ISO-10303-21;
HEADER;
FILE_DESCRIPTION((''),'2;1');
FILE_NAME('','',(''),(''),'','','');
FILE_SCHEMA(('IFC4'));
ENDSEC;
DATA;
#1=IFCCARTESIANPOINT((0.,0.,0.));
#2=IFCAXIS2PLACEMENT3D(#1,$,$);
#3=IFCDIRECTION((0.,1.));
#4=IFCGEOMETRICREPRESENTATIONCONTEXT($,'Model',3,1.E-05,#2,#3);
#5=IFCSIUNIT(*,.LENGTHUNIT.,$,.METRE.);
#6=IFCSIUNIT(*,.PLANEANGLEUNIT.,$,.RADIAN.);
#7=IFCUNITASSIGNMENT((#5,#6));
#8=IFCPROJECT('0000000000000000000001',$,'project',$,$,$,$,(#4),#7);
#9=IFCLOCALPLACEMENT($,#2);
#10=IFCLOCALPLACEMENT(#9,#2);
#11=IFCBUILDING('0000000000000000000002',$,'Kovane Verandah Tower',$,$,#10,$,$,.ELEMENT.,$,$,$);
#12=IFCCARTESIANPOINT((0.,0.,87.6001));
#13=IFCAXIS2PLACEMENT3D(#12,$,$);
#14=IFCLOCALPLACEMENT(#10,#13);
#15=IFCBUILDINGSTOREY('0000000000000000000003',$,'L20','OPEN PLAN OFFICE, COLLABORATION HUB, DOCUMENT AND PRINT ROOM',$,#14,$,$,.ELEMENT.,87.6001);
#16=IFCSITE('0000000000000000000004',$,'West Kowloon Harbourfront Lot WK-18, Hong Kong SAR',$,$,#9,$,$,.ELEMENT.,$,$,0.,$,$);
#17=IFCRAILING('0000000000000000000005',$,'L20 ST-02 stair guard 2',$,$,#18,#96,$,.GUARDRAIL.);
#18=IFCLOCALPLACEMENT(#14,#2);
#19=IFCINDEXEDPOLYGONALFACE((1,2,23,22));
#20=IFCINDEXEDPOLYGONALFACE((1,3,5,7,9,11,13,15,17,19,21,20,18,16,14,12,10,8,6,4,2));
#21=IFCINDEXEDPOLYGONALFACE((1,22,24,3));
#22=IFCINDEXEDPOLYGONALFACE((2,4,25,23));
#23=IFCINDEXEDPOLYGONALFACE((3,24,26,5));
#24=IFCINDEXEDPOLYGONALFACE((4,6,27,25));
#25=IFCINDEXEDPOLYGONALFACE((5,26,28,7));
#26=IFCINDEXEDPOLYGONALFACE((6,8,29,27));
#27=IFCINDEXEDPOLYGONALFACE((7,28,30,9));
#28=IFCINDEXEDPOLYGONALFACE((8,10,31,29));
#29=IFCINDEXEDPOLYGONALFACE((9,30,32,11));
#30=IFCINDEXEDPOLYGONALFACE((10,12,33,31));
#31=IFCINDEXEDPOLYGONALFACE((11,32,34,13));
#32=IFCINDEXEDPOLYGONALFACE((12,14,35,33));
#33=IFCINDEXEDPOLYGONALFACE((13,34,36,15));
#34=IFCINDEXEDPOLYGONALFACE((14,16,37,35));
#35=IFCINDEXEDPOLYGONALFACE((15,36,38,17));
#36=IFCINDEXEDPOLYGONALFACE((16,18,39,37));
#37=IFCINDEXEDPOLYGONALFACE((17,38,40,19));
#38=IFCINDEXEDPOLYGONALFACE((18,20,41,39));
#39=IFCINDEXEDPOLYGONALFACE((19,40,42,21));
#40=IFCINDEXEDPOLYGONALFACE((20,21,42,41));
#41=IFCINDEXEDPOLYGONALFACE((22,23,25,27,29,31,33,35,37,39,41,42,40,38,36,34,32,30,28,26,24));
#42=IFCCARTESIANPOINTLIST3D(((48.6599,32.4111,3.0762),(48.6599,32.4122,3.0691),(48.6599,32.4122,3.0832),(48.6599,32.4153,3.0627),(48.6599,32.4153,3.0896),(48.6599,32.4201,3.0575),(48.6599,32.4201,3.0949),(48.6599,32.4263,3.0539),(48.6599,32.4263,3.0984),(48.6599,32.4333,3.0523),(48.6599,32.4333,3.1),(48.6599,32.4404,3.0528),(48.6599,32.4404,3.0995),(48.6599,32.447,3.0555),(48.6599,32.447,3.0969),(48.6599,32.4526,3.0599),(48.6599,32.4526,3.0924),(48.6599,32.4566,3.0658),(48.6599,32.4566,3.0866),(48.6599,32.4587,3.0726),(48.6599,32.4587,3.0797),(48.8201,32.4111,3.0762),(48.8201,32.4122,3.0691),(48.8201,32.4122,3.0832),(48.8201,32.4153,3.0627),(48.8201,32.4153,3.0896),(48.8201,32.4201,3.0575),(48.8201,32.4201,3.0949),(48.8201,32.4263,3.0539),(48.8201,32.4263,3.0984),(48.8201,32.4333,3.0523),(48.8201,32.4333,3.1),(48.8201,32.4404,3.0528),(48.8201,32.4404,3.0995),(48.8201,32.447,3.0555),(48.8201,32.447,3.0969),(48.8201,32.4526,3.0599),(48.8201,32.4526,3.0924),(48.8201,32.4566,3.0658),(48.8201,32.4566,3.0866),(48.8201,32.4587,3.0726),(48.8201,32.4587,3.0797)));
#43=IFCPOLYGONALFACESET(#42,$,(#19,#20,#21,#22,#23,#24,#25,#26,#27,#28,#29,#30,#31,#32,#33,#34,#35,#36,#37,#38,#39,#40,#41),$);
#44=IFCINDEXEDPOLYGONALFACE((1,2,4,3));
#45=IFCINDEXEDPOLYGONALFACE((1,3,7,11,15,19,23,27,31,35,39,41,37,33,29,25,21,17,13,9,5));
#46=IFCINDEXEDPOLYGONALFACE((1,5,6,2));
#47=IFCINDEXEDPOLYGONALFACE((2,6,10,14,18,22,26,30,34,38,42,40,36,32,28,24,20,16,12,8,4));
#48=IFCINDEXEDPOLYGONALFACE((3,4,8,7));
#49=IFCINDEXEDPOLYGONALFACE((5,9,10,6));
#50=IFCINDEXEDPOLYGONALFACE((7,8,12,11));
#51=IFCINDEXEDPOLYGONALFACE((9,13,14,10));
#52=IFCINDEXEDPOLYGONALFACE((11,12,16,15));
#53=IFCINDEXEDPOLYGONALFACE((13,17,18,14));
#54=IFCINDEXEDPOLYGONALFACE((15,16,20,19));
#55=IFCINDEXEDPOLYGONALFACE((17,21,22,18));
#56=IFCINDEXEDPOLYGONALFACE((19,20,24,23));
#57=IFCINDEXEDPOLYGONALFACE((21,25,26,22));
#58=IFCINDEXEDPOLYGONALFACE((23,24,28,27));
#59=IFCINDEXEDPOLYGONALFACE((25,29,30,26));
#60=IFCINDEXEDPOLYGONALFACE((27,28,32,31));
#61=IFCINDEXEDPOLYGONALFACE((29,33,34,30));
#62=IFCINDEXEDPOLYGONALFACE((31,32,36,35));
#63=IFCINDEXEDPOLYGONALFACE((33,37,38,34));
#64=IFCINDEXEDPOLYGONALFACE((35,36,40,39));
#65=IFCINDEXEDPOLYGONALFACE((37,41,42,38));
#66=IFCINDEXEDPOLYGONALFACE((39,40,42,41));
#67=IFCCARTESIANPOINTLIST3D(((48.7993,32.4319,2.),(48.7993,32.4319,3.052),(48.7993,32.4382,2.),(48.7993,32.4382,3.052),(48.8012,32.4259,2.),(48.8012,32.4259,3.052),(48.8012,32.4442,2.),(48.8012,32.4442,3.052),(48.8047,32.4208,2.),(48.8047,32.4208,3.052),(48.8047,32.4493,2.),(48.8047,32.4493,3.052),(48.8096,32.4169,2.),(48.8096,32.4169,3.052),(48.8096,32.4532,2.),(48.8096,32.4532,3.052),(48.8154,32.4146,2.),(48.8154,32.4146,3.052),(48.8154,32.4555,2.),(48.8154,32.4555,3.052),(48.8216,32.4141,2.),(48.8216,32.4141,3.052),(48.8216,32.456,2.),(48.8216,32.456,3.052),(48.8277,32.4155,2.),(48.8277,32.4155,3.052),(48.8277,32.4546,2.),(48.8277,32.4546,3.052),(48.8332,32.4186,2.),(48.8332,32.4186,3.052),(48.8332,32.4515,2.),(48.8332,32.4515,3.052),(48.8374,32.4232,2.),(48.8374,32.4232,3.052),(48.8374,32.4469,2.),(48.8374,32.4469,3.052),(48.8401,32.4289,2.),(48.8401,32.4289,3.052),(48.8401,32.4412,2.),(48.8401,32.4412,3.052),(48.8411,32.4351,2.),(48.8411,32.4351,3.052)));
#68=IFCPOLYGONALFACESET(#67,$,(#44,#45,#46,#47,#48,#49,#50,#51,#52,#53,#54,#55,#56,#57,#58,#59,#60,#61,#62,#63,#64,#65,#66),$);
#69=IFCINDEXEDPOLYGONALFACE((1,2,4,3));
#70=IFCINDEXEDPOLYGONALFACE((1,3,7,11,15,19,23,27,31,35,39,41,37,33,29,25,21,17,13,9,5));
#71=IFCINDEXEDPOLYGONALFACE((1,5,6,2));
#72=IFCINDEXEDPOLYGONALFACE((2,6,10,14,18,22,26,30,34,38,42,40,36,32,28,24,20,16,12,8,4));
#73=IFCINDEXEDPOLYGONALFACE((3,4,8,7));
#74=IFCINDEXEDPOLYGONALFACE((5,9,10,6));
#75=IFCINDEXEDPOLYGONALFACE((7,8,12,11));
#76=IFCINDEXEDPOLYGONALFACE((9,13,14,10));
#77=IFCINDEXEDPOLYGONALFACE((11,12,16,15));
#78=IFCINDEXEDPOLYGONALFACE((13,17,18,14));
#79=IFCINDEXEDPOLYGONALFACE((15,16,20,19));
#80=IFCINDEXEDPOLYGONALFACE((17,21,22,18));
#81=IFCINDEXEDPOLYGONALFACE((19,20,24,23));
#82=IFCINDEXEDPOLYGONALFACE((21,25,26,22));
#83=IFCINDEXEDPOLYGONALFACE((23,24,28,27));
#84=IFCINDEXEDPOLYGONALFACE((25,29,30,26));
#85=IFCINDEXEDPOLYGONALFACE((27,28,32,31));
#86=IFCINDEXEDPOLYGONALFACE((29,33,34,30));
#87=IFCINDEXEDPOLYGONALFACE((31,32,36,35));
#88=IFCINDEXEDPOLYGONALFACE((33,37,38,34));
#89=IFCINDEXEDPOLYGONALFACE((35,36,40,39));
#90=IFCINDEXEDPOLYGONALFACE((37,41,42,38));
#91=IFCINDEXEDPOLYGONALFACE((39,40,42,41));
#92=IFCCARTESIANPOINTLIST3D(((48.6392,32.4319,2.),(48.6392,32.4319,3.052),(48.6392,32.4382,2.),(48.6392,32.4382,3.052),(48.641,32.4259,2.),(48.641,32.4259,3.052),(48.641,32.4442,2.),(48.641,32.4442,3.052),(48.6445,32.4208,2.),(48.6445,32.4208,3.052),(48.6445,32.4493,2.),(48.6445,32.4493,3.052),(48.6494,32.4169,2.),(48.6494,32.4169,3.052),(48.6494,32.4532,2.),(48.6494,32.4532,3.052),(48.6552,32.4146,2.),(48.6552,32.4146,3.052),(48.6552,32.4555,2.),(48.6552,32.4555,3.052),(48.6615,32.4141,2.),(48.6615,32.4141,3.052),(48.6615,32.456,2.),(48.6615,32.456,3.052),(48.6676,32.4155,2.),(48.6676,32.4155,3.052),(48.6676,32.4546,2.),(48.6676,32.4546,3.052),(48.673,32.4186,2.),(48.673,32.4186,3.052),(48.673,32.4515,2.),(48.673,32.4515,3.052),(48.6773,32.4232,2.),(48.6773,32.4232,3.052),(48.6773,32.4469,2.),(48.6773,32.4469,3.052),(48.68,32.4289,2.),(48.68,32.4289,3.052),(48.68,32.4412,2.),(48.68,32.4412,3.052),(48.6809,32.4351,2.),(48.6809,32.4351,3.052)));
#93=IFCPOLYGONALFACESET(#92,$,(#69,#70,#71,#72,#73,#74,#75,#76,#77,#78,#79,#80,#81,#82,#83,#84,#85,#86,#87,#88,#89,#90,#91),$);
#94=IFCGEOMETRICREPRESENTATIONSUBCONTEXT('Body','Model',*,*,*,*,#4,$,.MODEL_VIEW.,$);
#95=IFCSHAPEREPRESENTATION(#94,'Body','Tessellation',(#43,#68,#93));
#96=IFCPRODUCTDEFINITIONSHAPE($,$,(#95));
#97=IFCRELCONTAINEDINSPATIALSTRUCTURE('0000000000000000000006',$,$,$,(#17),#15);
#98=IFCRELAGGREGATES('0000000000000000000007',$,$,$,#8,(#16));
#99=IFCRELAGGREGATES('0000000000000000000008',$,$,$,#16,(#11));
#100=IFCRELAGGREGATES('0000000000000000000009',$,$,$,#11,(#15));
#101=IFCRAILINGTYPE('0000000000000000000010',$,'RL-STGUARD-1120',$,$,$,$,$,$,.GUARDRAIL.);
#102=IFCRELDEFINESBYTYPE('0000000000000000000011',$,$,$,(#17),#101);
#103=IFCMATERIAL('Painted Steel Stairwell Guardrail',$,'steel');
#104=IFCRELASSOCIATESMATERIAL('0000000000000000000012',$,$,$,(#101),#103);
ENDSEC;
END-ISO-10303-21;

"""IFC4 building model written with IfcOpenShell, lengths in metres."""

from ifc_helpers import new_model, si_unit, direction, frame, origin, origin_2d, place, context, subcontext, project, spatial, circle, extrude, material, type_object, element, save


model = new_model("IFC4")

# Units and contexts
model_context = context("Model", 3, precision=1e-05, world=origin(), true_north=direction((0.0, 1.0)))
body_context = subcontext(model_context, "Body", "Model", "MODEL_VIEW")
ifc_project = project(units=[si_unit("LENGTHUNIT", "METRE"), si_unit("PLANEANGLEUNIT", "RADIAN")], contexts=[model_context])

# Site, building, storey
site_placement = place(None, origin())
site = spatial("IfcSite", under=ifc_project, at=site_placement, Name="West Kowloon Harbourfront Lot WK-18, Hong Kong SAR", CompositionType="ELEMENT", RefElevation=0.0)
building_placement = place(site_placement, origin())
building = spatial("IfcBuilding", under=site, at=building_placement, Name="Kovane Verandah Tower", CompositionType="ELEMENT")
storey_placement = place(building_placement, frame((0.0, 0.0, 87.6001)))
storey = spatial("IfcBuildingStorey", under=building, at=storey_placement, Name="L20", Description="OPEN PLAN OFFICE, COLLABORATION HUB, DOCUMENT AND PRINT ROOM", CompositionType="ELEMENT", Elevation=87.6001)

# Railing
ifc_material_1 = material(Name="Painted Steel Stairwell Guardrail", Category="steel")
railing_type_1 = type_object("IfcRailingType", Name="RL-STGUARD-1120", PredefinedType="GUARDRAIL", material=ifc_material_1)
railing_1_placement = place(storey_placement, frame((48.8201, 32.4351, 2.0)))
element("IfcRailing", 1, at=railing_1_placement, inside=storey, type_object=railing_type_1, Name="L20 ST-02 stair guard 2", PredefinedType="GUARDRAIL", context=body_context, shape_type="SweptSolid", body=[
    extrude(circle(Radius=0.0239, at=origin_2d()), frame((0.0, 0.0, 1.0762), z_axis=(-1.0, 0.0, 0.0), x_axis=(0.0, -1.0, 0.0)), (0.0, 0.0, 1.0), 0.1602),
    extrude(circle(Radius=0.021, at=origin_2d()), origin(), (0.0, 0.0, 1.0), 1.052),
    extrude(circle(Radius=0.021, at=origin_2d()), frame((-0.1602, 0.0, 0.0)), (0.0, 0.0, 1.0), 1.052),
])

save(model, "model.ifc")
